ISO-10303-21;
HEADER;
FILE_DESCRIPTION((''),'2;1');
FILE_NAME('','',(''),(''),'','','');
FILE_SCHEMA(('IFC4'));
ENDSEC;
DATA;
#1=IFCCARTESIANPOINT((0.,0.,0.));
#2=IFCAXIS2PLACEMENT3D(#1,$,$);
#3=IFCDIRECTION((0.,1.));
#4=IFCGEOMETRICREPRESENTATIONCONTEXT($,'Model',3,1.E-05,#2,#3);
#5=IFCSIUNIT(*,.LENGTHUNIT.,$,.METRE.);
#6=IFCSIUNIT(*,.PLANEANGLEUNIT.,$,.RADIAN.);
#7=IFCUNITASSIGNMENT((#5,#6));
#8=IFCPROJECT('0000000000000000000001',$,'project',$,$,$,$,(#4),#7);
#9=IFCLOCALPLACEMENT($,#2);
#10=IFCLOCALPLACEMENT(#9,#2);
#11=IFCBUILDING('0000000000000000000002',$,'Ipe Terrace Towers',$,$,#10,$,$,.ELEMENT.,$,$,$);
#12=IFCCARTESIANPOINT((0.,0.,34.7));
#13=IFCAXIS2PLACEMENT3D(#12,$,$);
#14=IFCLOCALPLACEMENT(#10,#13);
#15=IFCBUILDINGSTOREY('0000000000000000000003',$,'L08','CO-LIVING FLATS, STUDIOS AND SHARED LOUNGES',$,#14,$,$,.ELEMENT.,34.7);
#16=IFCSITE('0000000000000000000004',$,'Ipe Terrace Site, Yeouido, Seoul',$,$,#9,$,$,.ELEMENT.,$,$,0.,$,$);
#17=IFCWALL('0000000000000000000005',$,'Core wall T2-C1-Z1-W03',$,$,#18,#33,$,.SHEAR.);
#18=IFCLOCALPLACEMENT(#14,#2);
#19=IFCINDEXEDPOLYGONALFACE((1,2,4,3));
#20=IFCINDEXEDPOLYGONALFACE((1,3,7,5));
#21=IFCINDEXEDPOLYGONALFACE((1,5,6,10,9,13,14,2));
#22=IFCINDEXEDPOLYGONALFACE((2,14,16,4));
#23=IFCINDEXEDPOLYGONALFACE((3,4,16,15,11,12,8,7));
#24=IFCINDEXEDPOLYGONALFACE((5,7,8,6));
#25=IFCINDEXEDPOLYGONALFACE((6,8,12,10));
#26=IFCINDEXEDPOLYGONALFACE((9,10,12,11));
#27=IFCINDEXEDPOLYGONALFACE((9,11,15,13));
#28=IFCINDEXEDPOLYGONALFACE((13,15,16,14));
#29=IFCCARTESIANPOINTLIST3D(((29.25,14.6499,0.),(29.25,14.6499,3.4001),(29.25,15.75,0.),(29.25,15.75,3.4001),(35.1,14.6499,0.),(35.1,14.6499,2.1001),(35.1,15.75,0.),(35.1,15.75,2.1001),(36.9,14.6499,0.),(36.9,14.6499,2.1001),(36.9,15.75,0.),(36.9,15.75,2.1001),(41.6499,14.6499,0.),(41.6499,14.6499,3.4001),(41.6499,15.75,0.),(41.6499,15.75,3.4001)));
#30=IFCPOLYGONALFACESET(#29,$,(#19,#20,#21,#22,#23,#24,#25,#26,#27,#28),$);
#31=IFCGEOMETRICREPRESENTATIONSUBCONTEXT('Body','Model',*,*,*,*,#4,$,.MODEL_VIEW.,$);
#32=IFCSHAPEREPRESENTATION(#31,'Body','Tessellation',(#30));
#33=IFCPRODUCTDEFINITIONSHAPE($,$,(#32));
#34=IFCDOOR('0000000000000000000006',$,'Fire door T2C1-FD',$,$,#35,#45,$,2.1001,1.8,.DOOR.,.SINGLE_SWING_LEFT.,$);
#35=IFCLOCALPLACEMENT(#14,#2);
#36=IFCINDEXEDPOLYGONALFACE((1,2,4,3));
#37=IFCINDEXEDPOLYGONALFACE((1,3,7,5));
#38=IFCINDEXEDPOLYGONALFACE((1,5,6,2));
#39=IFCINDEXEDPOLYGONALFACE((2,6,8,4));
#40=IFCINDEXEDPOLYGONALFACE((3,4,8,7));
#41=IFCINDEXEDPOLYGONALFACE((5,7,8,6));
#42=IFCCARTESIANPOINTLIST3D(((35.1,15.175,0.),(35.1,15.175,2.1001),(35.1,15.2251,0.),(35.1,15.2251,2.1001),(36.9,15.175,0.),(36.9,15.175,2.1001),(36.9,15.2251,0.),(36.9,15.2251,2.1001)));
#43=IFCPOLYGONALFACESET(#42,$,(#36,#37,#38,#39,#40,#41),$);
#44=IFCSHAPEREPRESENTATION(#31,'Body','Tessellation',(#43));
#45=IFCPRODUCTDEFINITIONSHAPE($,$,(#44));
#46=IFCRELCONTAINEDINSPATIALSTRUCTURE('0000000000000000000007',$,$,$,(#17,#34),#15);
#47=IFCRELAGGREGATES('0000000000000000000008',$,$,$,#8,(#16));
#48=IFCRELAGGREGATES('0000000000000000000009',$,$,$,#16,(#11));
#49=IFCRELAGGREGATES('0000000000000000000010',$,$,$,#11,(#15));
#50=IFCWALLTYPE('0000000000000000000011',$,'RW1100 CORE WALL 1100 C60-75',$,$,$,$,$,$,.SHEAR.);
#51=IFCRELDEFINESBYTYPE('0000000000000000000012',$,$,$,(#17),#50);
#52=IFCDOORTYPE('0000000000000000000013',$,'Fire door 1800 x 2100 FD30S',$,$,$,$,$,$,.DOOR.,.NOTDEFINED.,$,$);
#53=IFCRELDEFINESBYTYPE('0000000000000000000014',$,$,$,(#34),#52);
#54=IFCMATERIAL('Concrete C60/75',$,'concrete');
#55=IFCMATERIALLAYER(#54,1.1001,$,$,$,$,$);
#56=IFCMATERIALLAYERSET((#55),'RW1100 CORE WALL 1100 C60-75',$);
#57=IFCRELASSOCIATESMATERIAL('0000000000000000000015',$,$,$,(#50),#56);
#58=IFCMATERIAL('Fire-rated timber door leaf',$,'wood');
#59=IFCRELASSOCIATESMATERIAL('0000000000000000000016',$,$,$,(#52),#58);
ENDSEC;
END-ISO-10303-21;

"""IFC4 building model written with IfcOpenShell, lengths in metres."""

from ifc_helpers import new_model, si_unit, direction, frame, frame_2d, origin, place, context, subcontext, project, spatial, rectangle, extrude, material, layer, layer_set, type_object, element, fill, save


model = new_model("IFC4")

# Units and contexts
model_context = context("Model", 3, precision=1e-05, world=origin(), true_north=direction((0.0, 1.0)))
body_context = subcontext(model_context, "Body", "Model", "MODEL_VIEW")
ifc_project = project(units=[si_unit("LENGTHUNIT", "METRE"), si_unit("PLANEANGLEUNIT", "RADIAN")], contexts=[model_context])

# Site, building, storey
site_placement = place(None, origin())
site = spatial("IfcSite", under=ifc_project, at=site_placement, Name="Ipe Terrace Site, Yeouido, Seoul", CompositionType="ELEMENT", RefElevation=0.0)
building_placement = place(site_placement, origin())
building = spatial("IfcBuilding", under=site, at=building_placement, Name="Ipe Terrace Towers", CompositionType="ELEMENT")
storey_placement = place(building_placement, frame((0.0, 0.0, 34.7)))
storey = spatial("IfcBuildingStorey", under=building, at=storey_placement, Name="L08", Description="CO-LIVING FLATS, STUDIOS AND SHARED LOUNGES", CompositionType="ELEMENT", Elevation=34.7)

# Shared definitions
ifc_material_1 = material(Name="Concrete C60/75", Category="concrete")
ifc_layer_1 = layer(ifc_material_1, 1.1001)
ifc_layer_set_1 = layer_set([ifc_layer_1], Name="RW1100 CORE WALL 1100 C60-75")
wall_type_1 = type_object("IfcWallType", Name="RW1100 CORE WALL 1100 C60-75", PredefinedType="SHEAR", material=ifc_layer_set_1)

# Wall, opening, door
wall_1_placement = place(storey_placement, frame((41.6499, 15.2, 0.0), z_axis=(0.0, 0.0, 1.0), x_axis=(-1.0, 0.0, 0.0)))
wall_1 = element("IfcWall", 1, at=wall_1_placement, inside=storey, type_object=wall_type_1, Name="Core wall T2-C1-Z1-W03", PredefinedType="SHEAR", context=body_context, shape_type="SweptSolid", body=[
    extrude(rectangle(XDim=12.3999, YDim=1.1001, at=frame_2d((6.2, 0.0))), origin(), (0.0, 0.0, 1.0), 3.4001),
])
opening_1_placement = place(wall_1_placement, frame((4.75, 0.0, 0.0)))
opening_1 = element("IfcOpeningElement", 2, at=opening_1_placement, cuts=wall_1, PredefinedType="OPENING", context=body_context, shape_type="SweptSolid", body=[
    extrude(rectangle(XDim=1.8, YDim=2.1001, at=frame_2d((0.8999, 1.05))), frame((0.0, 0.5601, 0.0), z_axis=(0.0, -1.0, 0.0), x_axis=(1.0, 0.0, 0.0)), (0.0, 0.0, 1.0), 1.1201),
])
ifc_material_2 = material(Name="Fire-rated timber door leaf", Category="wood")
door_type_1 = type_object("IfcDoorType", Name="Fire door 1800 x 2100 FD30S", OperationType="NOTDEFINED", PredefinedType="DOOR", material=ifc_material_2)
door_1_placement = place(opening_1_placement, origin())
door_1 = element("IfcDoor", 3, at=door_1_placement, inside=storey, type_object=door_type_1, Name="Fire door T2C1-FD", OperationType="SINGLE_SWING_LEFT", OverallHeight=2.1001, OverallWidth=1.8, PredefinedType="DOOR", context=body_context, shape_type="SweptSolid", body=[
    extrude(rectangle(XDim=1.8, YDim=2.1001, at=frame_2d((0.8999, 1.05))), frame((0.0, 0.0249, 0.0), z_axis=(0.0, -1.0, 0.0), x_axis=(1.0, 0.0, 0.0)), (0.0, 0.0, 1.0), 0.05),
])
fill(opening_1, door_1)

save(model, "model.ifc")
